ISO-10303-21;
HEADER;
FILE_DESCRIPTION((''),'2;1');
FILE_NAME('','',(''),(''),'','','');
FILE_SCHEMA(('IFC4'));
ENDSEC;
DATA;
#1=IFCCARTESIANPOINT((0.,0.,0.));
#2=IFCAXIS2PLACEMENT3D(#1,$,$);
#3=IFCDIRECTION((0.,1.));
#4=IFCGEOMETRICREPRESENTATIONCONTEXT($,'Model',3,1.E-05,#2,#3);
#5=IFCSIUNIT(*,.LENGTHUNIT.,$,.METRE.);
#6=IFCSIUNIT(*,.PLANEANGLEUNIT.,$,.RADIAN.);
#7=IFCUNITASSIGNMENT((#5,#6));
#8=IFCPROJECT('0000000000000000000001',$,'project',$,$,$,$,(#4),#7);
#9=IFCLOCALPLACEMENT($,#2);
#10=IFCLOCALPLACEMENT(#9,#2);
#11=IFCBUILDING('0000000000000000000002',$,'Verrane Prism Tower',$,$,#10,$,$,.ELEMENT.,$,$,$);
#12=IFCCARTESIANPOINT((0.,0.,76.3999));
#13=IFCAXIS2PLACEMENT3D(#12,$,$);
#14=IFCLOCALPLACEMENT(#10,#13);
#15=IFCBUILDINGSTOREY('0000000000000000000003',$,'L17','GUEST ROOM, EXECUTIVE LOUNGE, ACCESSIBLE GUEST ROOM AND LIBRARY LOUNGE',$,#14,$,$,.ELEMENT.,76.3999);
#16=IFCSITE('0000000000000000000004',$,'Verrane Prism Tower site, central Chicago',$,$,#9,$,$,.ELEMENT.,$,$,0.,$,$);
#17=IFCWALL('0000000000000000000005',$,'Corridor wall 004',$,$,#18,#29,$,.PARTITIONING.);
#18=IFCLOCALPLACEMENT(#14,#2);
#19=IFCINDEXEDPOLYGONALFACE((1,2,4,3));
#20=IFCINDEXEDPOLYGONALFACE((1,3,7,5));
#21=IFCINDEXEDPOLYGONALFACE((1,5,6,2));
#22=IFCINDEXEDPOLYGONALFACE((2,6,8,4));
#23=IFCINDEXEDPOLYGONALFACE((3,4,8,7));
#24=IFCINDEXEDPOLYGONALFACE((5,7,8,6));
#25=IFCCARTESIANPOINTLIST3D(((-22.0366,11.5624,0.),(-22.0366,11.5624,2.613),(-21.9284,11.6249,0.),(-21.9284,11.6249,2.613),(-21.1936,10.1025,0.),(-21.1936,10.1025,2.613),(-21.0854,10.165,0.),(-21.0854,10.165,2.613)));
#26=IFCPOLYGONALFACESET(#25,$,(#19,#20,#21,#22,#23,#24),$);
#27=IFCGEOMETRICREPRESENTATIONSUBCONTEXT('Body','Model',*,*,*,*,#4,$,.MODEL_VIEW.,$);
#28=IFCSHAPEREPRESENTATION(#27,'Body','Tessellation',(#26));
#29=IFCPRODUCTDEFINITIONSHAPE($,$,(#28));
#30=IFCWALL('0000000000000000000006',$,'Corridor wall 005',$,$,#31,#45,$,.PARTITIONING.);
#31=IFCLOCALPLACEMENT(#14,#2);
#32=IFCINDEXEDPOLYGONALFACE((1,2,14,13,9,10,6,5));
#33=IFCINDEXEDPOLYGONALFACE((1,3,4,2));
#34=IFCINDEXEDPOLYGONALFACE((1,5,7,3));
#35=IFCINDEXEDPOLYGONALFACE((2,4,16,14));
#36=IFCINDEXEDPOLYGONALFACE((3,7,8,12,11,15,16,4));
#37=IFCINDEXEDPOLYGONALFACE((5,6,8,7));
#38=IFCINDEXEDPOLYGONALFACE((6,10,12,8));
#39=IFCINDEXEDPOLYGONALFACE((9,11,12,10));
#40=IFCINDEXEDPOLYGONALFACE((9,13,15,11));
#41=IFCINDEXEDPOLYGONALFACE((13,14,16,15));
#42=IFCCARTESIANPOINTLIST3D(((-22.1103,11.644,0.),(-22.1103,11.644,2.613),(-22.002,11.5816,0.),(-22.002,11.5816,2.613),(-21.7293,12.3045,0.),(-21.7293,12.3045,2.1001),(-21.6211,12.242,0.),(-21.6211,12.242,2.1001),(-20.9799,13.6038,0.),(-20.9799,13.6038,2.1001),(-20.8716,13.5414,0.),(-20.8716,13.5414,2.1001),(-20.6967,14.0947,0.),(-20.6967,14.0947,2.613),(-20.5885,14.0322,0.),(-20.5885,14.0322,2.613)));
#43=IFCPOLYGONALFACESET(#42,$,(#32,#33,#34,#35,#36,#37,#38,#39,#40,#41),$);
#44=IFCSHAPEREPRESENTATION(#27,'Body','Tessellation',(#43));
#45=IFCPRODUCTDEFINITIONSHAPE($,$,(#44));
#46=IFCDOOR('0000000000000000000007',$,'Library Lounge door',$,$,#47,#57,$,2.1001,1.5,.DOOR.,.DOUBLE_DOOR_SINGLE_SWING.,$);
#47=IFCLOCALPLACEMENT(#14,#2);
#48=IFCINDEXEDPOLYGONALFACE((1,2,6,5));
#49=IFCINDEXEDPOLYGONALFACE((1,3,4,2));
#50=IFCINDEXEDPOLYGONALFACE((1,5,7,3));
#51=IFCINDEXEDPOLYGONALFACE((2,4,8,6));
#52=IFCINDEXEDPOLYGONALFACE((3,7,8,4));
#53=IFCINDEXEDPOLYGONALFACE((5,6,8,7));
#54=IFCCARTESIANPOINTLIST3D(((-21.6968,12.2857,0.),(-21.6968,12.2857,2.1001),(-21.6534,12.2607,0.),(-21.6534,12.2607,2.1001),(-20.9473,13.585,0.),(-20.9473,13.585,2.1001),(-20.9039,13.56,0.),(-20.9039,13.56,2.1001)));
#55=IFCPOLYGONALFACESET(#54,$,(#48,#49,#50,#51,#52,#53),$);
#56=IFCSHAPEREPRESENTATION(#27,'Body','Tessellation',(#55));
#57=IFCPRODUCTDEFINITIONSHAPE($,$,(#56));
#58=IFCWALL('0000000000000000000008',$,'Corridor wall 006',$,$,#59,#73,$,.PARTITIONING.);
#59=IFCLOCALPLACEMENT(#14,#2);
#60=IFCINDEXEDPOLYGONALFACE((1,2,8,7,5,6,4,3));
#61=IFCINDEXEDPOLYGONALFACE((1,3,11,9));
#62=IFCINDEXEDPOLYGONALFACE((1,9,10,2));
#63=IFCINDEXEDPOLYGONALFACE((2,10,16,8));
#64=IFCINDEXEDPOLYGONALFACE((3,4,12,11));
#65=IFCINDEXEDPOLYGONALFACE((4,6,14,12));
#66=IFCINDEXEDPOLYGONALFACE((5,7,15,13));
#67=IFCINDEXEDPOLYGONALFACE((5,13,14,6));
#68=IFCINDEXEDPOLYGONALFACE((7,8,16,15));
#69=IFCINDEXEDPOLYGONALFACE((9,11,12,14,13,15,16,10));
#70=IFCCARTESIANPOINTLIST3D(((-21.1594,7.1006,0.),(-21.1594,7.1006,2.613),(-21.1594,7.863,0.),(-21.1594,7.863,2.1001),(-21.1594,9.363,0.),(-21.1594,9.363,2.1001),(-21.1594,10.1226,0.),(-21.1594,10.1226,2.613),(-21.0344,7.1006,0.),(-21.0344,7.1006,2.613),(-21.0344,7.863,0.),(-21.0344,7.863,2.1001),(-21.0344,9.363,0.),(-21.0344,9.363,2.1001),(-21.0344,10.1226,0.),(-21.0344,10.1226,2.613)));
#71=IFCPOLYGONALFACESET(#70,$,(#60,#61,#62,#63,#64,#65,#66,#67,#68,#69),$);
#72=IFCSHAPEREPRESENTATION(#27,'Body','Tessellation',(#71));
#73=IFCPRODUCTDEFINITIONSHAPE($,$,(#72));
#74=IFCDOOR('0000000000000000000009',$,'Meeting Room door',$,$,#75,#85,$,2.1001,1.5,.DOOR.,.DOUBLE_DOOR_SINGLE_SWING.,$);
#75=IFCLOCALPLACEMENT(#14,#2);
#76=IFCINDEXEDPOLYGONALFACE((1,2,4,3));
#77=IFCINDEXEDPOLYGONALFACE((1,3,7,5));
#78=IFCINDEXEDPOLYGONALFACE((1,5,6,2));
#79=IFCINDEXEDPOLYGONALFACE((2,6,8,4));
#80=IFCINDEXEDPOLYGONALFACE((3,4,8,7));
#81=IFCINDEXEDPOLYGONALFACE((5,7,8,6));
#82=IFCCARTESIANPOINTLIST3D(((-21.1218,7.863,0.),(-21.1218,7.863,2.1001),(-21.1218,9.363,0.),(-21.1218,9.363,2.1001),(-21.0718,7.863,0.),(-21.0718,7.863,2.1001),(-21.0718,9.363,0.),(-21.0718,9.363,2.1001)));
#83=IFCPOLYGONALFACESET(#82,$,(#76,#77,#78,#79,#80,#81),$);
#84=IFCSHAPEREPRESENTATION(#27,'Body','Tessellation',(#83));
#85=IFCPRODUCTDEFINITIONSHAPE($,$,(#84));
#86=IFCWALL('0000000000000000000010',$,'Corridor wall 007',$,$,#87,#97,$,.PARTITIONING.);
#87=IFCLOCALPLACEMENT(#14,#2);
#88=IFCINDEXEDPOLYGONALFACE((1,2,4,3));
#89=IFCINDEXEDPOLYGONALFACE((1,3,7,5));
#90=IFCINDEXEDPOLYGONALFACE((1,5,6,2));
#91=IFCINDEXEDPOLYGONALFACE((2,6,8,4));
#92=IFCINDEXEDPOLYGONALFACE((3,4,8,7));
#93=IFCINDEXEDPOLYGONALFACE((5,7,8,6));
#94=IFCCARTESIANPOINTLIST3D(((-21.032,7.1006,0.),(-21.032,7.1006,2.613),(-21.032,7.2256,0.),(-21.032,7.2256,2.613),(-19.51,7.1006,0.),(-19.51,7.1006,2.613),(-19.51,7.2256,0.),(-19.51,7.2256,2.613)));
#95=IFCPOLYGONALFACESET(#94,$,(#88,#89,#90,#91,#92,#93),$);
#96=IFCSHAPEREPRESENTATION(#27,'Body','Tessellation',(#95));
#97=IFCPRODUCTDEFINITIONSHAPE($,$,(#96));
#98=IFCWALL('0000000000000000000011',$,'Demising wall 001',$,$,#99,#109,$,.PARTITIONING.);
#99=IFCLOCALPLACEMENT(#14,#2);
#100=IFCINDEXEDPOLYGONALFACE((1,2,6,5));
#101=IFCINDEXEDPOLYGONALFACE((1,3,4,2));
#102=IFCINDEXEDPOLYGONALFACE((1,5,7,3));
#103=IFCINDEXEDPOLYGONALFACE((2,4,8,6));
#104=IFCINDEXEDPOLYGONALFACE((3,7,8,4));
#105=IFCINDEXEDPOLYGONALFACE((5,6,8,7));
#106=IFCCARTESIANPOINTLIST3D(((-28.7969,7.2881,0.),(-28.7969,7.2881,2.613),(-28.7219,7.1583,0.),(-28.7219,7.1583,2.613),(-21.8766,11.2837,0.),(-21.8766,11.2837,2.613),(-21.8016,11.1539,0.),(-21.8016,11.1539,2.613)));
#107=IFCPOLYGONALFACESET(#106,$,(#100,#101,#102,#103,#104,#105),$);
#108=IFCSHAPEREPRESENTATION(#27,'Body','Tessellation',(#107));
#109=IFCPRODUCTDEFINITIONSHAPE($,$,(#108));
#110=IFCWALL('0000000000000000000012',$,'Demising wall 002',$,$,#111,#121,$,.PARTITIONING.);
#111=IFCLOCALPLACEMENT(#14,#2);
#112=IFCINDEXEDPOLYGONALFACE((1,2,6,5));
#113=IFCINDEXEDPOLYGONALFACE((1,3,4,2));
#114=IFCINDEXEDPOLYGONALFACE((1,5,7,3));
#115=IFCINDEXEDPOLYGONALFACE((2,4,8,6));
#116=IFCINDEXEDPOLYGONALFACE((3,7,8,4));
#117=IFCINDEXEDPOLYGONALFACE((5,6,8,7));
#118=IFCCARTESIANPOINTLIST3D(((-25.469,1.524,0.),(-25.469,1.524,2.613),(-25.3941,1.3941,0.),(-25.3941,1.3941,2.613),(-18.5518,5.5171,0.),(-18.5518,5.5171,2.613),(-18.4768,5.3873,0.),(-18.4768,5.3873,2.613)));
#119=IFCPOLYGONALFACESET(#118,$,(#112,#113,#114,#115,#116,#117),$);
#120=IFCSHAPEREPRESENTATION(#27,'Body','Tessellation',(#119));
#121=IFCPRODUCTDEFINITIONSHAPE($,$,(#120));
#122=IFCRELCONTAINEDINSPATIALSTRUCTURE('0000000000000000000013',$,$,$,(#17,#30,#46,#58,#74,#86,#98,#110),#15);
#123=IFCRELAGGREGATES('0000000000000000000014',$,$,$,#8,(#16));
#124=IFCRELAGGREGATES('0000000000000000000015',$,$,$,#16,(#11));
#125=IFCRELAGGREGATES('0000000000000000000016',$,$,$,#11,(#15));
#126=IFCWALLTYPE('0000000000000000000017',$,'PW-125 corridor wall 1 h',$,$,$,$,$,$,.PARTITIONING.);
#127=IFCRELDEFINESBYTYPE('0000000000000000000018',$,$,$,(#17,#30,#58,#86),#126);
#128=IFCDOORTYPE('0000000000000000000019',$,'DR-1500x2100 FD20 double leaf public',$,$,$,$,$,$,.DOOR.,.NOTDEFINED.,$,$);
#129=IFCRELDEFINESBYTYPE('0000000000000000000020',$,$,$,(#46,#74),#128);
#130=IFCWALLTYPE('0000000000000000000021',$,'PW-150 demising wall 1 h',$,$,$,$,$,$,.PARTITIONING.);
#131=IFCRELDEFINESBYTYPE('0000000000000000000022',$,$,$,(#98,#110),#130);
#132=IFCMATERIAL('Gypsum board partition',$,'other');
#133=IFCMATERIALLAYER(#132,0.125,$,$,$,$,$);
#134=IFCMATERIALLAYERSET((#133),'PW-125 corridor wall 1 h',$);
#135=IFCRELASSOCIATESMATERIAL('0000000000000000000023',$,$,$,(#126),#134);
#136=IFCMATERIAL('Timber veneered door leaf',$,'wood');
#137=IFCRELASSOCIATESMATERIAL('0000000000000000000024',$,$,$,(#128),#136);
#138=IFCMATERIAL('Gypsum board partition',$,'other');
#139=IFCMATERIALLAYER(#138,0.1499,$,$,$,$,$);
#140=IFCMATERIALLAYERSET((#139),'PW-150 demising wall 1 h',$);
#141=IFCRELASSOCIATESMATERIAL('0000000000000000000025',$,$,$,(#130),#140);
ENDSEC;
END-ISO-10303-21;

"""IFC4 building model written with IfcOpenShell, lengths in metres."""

from ifc_helpers import new_model, si_unit, direction, frame, frame_2d, origin, place, context, subcontext, project, spatial, rectangle, extrude, material, layer, layer_set, type_object, element, fill, save


model = new_model("IFC4")

# Units and contexts
model_context = context("Model", 3, precision=1e-05, world=origin(), true_north=direction((0.0, 1.0)))
body_context = subcontext(model_context, "Body", "Model", "MODEL_VIEW")
ifc_project = project(units=[si_unit("LENGTHUNIT", "METRE"), si_unit("PLANEANGLEUNIT", "RADIAN")], contexts=[model_context])

# Site, building, storey
site_placement = place(None, origin())
site = spatial("IfcSite", under=ifc_project, at=site_placement, Name="Verrane Prism Tower site, central Chicago", CompositionType="ELEMENT", RefElevation=0.0)
building_placement = place(site_placement, origin())
building = spatial("IfcBuilding", under=site, at=building_placement, Name="Verrane Prism Tower", CompositionType="ELEMENT")
storey_placement = place(building_placement, frame((0.0, 0.0, 76.3999)))
storey = spatial("IfcBuildingStorey", under=building, at=storey_placement, Name="L17", Description="GUEST ROOM, EXECUTIVE LOUNGE, ACCESSIBLE GUEST ROOM AND LIBRARY LOUNGE", CompositionType="ELEMENT", Elevation=76.3999)

# Wall
ifc_material_1 = material(Name="Gypsum board partition", Category="other")
ifc_layer_1 = layer(ifc_material_1, 0.125)
ifc_layer_set_1 = layer_set([ifc_layer_1], Name="PW-125 corridor wall 1 h")
wall_type_1 = type_object("IfcWallType", Name="PW-125 corridor wall 1 h", PredefinedType="PARTITIONING", material=ifc_layer_set_1)
wall_1_placement = place(storey_placement, frame((-21.9824, 11.5935, 0.0), z_axis=(0.0, 0.0, 1.0), x_axis=(0.500048, -0.865997, 0.0)))
element("IfcWall", 1, at=wall_1_placement, inside=storey, type_object=wall_type_1, Name="Corridor wall 004", PredefinedType="PARTITIONING", context=body_context, shape_type="SweptSolid", body=[
    extrude(rectangle(XDim=1.6858, YDim=0.125, at=frame_2d((0.8428, 0.0))), origin(), (0.0, 0.0, 1.0), 2.613),
])

# Walls, openings, doors
wall_2_placement = place(storey_placement, frame((-22.0562, 11.6128, 0.0), z_axis=(0.0, 0.0, 1.0), x_axis=(0.499648, 0.866229, 0.0)))
wall_2 = element("IfcWall", 2, at=wall_2_placement, inside=storey, type_object=wall_type_1, Name="Corridor wall 005", PredefinedType="PARTITIONING", context=body_context, shape_type="SweptSolid", body=[
    extrude(rectangle(XDim=2.8291, YDim=0.125, at=frame_2d((1.4146, 0.0))), origin(), (0.0, 0.0, 1.0), 2.613),
])
opening_1_placement = place(wall_2_placement, frame((0.7625, 0.0, 0.0)))
opening_1 = element("IfcOpeningElement", 3, at=opening_1_placement, cuts=wall_2, PredefinedType="OPENING", context=body_context, shape_type="SweptSolid", body=[
    extrude(rectangle(XDim=1.5, YDim=2.1001, at=frame_2d((0.75, 1.05))), frame((0.0, 0.0725, 0.0), z_axis=(0.0, -1.0, 0.0), x_axis=(1.0, 0.0, 0.0)), (0.0, 0.0, 1.0), 0.145),
])
ifc_material_2 = material(Name="Timber veneered door leaf", Category="wood")
door_type_1 = type_object("IfcDoorType", Name="DR-1500x2100 FD20 double leaf public", OperationType="NOTDEFINED", PredefinedType="DOOR", material=ifc_material_2)
door_1_placement = place(opening_1_placement, origin())
door_1 = element("IfcDoor", 4, at=door_1_placement, inside=storey, type_object=door_type_1, Name="Library Lounge door", OperationType="DOUBLE_DOOR_SINGLE_SWING", OverallHeight=2.1001, OverallWidth=1.5, PredefinedType="DOOR", context=body_context, shape_type="SweptSolid", body=[
    extrude(rectangle(XDim=1.5, YDim=2.1001, at=frame_2d((0.75, 1.05))), frame((0.0, 0.0249, 0.0), z_axis=(0.0, -1.0, 0.0), x_axis=(1.0, 0.0, 0.0)), (0.0, 0.0, 1.0), 0.05),
])
fill(opening_1, door_1)
wall_3_placement = place(storey_placement, frame((-21.0969, 7.1006, 0.0), z_axis=(0.0, 0.0, 1.0), x_axis=(0.0, 1.0, 0.0)))
wall_3 = element("IfcWall", 5, at=wall_3_placement, inside=storey, type_object=wall_type_1, Name="Corridor wall 006", PredefinedType="PARTITIONING", context=body_context, shape_type="SweptSolid", body=[
    extrude(rectangle(XDim=3.022, YDim=0.125, at=frame_2d((1.511, 0.0))), origin(), (0.0, 0.0, 1.0), 2.613),
])
opening_2_placement = place(wall_3_placement, frame((0.7625, 0.0, 0.0)))
opening_2 = element("IfcOpeningElement", 6, at=opening_2_placement, cuts=wall_3, PredefinedType="OPENING", context=body_context, shape_type="SweptSolid", body=[
    extrude(rectangle(XDim=1.5, YDim=2.1001, at=frame_2d((0.75, 1.05))), frame((0.0, 0.0725, 0.0), z_axis=(0.0, -1.0, 0.0), x_axis=(1.0, 0.0, 0.0)), (0.0, 0.0, 1.0), 0.145),
])
door_2_placement = place(opening_2_placement, origin())
door_2 = element("IfcDoor", 7, at=door_2_placement, inside=storey, type_object=door_type_1, Name="Meeting Room door", OperationType="DOUBLE_DOOR_SINGLE_SWING", OverallHeight=2.1001, OverallWidth=1.5, PredefinedType="DOOR", context=body_context, shape_type="SweptSolid", body=[
    extrude(rectangle(XDim=1.5, YDim=2.1001, at=frame_2d((0.75, 1.05))), frame((0.0, 0.0249, 0.0), z_axis=(0.0, -1.0, 0.0), x_axis=(1.0, 0.0, 0.0)), (0.0, 0.0, 1.0), 0.05),
])
fill(opening_2, door_2)

# Walls
wall_4_placement = place(storey_placement, frame((-21.032, 7.1631, 0.0), z_axis=(0.0, 0.0, 1.0), x_axis=(1.0, 0.0, 0.0)))
element("IfcWall", 8, at=wall_4_placement, inside=storey, type_object=wall_type_1, Name="Corridor wall 007", PredefinedType="PARTITIONING", context=body_context, shape_type="SweptSolid", body=[
    extrude(rectangle(XDim=1.522, YDim=0.125, at=frame_2d((0.761, 0.0))), origin(), (0.0, 0.0, 1.0), 2.613),
])
ifc_material_3 = material(Name="Gypsum board partition", Category="other")
ifc_layer_2 = layer(ifc_material_3, 0.1499)
ifc_layer_set_2 = layer_set([ifc_layer_2], Name="PW-150 demising wall 1 h")
wall_type_2 = type_object("IfcWallType", Name="PW-150 demising wall 1 h", PredefinedType="PARTITIONING", material=ifc_layer_set_2)
wall_5_placement = place(storey_placement, frame((-28.7595, 7.2231, 0.0), z_axis=(0.0, 0.0, 1.0), x_axis=(0.86602, 0.50001, 0.0)))
element("IfcWall", 9, at=wall_5_placement, inside=storey, type_object=wall_type_2, Name="Demising wall 001", PredefinedType="PARTITIONING", context=body_context, shape_type="SweptSolid", body=[
    extrude(rectangle(XDim=7.991, YDim=0.1499, at=frame_2d((3.9956, 0.0))), origin(), (0.0, 0.0, 1.0), 2.613),
])
wall_6_placement = place(storey_placement, frame((-25.4316, 1.459, 0.0), z_axis=(0.0, 0.0, 1.0), x_axis=(0.866053, 0.499953, 0.0)))
element("IfcWall", 10, at=wall_6_placement, inside=storey, type_object=wall_type_2, Name="Demising wall 002", PredefinedType="PARTITIONING", context=body_context, shape_type="SweptSolid", body=[
    extrude(rectangle(XDim=7.9871, YDim=0.1499, at=frame_2d((3.9937, 0.0))), origin(), (0.0, 0.0, 1.0), 2.613),
])

save(model, "model.ifc")
